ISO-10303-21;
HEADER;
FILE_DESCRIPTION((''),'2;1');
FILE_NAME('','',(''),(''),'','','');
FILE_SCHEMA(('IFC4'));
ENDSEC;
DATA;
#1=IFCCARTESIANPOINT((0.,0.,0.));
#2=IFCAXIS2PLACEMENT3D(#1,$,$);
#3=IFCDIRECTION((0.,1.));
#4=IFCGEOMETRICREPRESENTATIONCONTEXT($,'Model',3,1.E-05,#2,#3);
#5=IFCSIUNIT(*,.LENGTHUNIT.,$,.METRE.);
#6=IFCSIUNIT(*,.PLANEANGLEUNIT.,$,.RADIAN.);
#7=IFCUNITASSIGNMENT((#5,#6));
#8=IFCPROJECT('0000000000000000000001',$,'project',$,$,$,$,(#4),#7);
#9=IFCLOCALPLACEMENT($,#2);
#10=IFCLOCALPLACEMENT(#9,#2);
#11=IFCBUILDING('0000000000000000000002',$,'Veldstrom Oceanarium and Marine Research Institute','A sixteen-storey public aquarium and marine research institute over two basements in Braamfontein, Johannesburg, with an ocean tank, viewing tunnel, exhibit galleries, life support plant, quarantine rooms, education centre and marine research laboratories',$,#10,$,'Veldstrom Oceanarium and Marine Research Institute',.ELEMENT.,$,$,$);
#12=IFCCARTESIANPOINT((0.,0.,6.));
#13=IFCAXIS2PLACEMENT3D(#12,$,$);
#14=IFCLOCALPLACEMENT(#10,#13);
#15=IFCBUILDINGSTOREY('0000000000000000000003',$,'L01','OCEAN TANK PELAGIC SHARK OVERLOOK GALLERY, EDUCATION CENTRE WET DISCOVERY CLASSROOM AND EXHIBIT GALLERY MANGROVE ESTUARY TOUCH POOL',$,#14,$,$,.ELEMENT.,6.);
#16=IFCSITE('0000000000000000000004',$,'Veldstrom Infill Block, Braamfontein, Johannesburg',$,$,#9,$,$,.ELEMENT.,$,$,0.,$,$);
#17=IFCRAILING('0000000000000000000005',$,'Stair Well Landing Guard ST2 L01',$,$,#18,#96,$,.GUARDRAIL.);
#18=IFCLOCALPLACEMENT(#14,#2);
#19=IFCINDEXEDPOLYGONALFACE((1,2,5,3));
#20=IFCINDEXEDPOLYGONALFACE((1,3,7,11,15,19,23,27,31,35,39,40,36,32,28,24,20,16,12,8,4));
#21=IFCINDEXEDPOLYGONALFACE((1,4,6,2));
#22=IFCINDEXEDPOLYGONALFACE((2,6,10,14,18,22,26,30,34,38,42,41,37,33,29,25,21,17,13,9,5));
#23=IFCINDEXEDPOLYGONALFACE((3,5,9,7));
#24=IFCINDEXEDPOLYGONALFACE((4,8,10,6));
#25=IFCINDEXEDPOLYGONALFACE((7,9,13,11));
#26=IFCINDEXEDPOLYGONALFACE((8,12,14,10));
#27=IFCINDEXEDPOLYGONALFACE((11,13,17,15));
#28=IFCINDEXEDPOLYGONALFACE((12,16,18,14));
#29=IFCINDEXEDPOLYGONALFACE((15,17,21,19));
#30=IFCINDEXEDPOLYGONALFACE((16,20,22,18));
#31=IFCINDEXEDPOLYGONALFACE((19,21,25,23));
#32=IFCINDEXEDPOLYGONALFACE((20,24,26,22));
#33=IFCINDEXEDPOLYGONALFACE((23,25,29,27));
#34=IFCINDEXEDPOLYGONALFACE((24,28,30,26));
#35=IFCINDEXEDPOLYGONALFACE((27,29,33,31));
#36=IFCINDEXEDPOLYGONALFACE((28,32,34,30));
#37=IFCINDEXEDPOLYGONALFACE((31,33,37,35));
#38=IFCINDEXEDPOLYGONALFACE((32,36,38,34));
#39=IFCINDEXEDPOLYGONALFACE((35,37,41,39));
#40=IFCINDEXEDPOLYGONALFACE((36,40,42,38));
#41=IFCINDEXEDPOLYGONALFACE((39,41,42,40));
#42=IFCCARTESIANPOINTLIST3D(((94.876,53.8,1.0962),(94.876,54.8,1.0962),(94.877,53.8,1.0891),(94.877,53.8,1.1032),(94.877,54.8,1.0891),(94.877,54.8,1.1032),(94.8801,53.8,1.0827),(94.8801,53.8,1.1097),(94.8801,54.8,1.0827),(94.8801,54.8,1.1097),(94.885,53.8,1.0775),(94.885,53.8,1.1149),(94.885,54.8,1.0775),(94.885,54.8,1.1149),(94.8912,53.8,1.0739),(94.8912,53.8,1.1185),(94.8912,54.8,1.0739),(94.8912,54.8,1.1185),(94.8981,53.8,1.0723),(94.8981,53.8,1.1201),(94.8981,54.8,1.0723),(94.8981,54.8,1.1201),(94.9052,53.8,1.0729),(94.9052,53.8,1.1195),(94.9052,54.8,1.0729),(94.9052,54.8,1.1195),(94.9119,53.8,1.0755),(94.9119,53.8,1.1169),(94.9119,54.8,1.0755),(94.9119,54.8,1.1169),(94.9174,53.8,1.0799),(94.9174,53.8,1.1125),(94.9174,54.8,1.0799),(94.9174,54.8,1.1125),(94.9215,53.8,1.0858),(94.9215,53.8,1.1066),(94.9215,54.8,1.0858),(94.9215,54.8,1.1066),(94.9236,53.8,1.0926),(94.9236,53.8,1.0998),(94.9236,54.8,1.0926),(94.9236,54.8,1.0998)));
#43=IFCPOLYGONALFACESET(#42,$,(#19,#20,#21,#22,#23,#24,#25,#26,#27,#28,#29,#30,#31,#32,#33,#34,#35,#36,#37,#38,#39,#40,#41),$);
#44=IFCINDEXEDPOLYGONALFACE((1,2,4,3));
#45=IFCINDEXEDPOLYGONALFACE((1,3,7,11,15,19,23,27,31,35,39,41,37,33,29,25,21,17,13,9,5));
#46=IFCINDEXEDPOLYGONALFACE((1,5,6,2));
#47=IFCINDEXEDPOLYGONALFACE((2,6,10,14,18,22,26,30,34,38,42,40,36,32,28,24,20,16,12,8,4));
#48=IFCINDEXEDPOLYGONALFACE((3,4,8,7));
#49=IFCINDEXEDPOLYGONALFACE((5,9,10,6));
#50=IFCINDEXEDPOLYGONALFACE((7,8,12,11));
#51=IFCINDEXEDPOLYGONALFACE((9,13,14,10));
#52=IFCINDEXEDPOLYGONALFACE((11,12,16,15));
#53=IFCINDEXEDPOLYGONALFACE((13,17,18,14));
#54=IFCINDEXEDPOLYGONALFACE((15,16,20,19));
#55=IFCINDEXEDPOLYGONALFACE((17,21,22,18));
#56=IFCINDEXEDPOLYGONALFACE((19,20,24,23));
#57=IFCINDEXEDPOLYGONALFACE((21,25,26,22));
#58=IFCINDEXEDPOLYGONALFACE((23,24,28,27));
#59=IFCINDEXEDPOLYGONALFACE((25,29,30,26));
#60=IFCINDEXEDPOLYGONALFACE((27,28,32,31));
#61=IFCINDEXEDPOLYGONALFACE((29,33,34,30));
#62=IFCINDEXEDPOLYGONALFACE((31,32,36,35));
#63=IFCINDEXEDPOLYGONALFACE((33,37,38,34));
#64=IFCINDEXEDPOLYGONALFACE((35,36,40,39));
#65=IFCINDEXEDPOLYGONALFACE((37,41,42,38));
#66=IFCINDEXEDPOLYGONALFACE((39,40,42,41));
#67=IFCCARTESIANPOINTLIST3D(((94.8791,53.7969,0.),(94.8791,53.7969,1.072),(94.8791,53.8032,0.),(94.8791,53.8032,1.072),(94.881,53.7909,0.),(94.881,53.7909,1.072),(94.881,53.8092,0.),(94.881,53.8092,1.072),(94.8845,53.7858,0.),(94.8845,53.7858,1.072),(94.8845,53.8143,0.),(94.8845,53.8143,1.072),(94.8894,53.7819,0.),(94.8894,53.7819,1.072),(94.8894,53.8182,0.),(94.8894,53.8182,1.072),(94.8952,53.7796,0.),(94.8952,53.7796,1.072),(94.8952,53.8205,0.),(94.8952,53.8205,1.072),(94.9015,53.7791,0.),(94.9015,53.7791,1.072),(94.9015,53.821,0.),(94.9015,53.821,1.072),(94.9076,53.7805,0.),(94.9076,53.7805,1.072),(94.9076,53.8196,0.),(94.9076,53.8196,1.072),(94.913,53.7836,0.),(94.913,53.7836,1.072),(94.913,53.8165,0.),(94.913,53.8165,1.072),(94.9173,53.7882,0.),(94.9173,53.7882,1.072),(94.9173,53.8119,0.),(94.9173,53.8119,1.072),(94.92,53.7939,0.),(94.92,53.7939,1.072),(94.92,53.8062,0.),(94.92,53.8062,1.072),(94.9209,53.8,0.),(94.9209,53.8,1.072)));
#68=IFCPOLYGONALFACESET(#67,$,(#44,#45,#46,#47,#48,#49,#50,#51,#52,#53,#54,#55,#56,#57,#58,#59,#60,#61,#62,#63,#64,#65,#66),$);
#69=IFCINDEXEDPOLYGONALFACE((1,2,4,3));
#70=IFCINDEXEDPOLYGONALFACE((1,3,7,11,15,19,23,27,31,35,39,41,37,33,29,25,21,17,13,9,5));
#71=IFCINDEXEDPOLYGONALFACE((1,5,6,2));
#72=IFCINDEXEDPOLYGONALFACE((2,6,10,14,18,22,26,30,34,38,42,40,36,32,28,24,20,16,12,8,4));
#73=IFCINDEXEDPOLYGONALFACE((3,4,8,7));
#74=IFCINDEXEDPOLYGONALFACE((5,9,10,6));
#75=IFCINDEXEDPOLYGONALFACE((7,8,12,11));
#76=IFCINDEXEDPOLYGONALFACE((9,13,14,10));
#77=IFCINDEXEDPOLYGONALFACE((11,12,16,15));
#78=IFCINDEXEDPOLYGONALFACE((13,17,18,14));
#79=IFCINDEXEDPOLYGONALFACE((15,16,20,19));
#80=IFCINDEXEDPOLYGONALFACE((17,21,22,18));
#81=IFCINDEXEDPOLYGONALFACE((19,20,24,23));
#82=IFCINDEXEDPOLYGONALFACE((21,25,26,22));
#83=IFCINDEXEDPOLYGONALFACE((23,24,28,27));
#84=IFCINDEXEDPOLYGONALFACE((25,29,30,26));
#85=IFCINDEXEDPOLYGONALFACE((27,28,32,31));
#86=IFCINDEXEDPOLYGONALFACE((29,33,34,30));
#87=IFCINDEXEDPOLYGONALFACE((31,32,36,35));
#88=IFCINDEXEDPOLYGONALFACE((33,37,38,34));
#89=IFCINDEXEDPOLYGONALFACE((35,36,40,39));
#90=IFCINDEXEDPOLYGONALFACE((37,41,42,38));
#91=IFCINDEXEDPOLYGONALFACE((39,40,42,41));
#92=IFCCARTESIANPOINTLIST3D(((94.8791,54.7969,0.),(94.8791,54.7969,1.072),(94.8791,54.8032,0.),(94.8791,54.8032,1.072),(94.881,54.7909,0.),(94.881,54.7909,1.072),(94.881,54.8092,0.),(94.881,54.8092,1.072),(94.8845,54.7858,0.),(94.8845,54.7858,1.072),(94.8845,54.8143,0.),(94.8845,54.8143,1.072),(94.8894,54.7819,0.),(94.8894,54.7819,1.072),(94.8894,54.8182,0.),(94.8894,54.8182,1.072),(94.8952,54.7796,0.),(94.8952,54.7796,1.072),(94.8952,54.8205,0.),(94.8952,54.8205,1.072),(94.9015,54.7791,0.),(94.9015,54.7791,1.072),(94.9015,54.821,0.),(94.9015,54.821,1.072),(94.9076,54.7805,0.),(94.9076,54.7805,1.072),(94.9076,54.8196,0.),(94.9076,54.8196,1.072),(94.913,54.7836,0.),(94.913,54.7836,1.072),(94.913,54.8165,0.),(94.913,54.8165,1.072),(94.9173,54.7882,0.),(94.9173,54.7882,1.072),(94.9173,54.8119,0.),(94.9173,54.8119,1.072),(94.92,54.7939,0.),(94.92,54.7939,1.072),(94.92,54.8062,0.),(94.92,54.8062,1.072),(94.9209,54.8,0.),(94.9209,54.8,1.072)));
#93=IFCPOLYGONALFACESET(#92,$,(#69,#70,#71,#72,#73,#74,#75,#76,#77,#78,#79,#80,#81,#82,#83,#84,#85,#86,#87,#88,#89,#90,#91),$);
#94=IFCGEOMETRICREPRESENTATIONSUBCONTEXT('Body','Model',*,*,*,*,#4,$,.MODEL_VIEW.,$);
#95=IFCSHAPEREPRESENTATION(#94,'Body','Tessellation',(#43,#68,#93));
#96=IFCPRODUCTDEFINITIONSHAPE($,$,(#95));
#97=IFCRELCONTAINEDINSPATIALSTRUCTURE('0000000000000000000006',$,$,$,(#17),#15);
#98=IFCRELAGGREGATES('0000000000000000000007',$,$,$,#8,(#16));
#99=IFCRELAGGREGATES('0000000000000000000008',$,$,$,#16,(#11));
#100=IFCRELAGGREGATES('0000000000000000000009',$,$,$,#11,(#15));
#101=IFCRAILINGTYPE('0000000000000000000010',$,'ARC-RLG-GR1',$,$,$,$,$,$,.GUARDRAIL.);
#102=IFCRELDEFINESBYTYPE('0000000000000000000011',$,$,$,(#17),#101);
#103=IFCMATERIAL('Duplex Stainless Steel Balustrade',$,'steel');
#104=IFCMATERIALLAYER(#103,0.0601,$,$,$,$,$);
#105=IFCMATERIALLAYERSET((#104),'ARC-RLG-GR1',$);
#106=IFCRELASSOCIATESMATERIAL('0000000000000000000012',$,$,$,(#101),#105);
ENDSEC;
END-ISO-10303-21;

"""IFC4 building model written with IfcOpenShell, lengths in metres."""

from ifc_helpers import new_model, si_unit, direction, frame, origin, origin_2d, place, context, subcontext, project, spatial, circle, extrude, material, layer, layer_set, type_object, element, save


model = new_model("IFC4")

# Units and contexts
model_context = context("Model", 3, precision=1e-05, world=origin(), true_north=direction((0.0, 1.0)))
body_context = subcontext(model_context, "Body", "Model", "MODEL_VIEW")
ifc_project = project(units=[si_unit("LENGTHUNIT", "METRE"), si_unit("PLANEANGLEUNIT", "RADIAN")], contexts=[model_context])

# Site, building, storey
site_placement = place(None, origin())
site = spatial("IfcSite", under=ifc_project, at=site_placement, Name="Veldstrom Infill Block, Braamfontein, Johannesburg", CompositionType="ELEMENT", RefElevation=0.0)
building_placement = place(site_placement, origin())
building = spatial("IfcBuilding", under=site, at=building_placement, Name="Veldstrom Oceanarium and Marine Research Institute", Description="A sixteen-storey public aquarium and marine research institute over two basements in Braamfontein, Johannesburg, with an ocean tank, viewing tunnel, exhibit galleries, life support plant, quarantine rooms, education centre and marine research laboratories", LongName="Veldstrom Oceanarium and Marine Research Institute", CompositionType="ELEMENT")
storey_placement = place(building_placement, frame((0.0, 0.0, 6.0)))
storey = spatial("IfcBuildingStorey", under=building, at=storey_placement, Name="L01", Description="OCEAN TANK PELAGIC SHARK OVERLOOK GALLERY, EDUCATION CENTRE WET DISCOVERY CLASSROOM AND EXHIBIT GALLERY MANGROVE ESTUARY TOUCH POOL", CompositionType="ELEMENT", Elevation=6.0)

# Railing
ifc_material_1 = material(Name="Duplex Stainless Steel Balustrade", Category="steel")
ifc_layer_1 = layer(ifc_material_1, 0.0601)
ifc_layer_set_1 = layer_set([ifc_layer_1], Name="ARC-RLG-GR1")
railing_type_1 = type_object("IfcRailingType", Name="ARC-RLG-GR1", PredefinedType="GUARDRAIL", material=ifc_layer_set_1)
railing_1_placement = place(storey_placement, frame((94.8999, 53.8, 0.0)))
element("IfcRailing", 1, at=railing_1_placement, inside=storey, type_object=railing_type_1, Name="Stair Well Landing Guard ST2 L01", PredefinedType="GUARDRAIL", context=body_context, shape_type="SweptSolid", body=[
    extrude(circle(Radius=0.0239, at=origin_2d()), frame((0.0, 0.0, 1.0962), z_axis=(0.0, 1.0, 0.0), x_axis=(-1.0, 0.0, 0.0)), (0.0, 0.0, 1.0), 1.0),
    extrude(circle(Radius=0.021, at=origin_2d()), origin(), (0.0, 0.0, 1.0), 1.072),
    extrude(circle(Radius=0.021, at=origin_2d()), frame((0.0, 1.0, 0.0)), (0.0, 0.0, 1.0), 1.072),
])

save(model, "model.ifc")
